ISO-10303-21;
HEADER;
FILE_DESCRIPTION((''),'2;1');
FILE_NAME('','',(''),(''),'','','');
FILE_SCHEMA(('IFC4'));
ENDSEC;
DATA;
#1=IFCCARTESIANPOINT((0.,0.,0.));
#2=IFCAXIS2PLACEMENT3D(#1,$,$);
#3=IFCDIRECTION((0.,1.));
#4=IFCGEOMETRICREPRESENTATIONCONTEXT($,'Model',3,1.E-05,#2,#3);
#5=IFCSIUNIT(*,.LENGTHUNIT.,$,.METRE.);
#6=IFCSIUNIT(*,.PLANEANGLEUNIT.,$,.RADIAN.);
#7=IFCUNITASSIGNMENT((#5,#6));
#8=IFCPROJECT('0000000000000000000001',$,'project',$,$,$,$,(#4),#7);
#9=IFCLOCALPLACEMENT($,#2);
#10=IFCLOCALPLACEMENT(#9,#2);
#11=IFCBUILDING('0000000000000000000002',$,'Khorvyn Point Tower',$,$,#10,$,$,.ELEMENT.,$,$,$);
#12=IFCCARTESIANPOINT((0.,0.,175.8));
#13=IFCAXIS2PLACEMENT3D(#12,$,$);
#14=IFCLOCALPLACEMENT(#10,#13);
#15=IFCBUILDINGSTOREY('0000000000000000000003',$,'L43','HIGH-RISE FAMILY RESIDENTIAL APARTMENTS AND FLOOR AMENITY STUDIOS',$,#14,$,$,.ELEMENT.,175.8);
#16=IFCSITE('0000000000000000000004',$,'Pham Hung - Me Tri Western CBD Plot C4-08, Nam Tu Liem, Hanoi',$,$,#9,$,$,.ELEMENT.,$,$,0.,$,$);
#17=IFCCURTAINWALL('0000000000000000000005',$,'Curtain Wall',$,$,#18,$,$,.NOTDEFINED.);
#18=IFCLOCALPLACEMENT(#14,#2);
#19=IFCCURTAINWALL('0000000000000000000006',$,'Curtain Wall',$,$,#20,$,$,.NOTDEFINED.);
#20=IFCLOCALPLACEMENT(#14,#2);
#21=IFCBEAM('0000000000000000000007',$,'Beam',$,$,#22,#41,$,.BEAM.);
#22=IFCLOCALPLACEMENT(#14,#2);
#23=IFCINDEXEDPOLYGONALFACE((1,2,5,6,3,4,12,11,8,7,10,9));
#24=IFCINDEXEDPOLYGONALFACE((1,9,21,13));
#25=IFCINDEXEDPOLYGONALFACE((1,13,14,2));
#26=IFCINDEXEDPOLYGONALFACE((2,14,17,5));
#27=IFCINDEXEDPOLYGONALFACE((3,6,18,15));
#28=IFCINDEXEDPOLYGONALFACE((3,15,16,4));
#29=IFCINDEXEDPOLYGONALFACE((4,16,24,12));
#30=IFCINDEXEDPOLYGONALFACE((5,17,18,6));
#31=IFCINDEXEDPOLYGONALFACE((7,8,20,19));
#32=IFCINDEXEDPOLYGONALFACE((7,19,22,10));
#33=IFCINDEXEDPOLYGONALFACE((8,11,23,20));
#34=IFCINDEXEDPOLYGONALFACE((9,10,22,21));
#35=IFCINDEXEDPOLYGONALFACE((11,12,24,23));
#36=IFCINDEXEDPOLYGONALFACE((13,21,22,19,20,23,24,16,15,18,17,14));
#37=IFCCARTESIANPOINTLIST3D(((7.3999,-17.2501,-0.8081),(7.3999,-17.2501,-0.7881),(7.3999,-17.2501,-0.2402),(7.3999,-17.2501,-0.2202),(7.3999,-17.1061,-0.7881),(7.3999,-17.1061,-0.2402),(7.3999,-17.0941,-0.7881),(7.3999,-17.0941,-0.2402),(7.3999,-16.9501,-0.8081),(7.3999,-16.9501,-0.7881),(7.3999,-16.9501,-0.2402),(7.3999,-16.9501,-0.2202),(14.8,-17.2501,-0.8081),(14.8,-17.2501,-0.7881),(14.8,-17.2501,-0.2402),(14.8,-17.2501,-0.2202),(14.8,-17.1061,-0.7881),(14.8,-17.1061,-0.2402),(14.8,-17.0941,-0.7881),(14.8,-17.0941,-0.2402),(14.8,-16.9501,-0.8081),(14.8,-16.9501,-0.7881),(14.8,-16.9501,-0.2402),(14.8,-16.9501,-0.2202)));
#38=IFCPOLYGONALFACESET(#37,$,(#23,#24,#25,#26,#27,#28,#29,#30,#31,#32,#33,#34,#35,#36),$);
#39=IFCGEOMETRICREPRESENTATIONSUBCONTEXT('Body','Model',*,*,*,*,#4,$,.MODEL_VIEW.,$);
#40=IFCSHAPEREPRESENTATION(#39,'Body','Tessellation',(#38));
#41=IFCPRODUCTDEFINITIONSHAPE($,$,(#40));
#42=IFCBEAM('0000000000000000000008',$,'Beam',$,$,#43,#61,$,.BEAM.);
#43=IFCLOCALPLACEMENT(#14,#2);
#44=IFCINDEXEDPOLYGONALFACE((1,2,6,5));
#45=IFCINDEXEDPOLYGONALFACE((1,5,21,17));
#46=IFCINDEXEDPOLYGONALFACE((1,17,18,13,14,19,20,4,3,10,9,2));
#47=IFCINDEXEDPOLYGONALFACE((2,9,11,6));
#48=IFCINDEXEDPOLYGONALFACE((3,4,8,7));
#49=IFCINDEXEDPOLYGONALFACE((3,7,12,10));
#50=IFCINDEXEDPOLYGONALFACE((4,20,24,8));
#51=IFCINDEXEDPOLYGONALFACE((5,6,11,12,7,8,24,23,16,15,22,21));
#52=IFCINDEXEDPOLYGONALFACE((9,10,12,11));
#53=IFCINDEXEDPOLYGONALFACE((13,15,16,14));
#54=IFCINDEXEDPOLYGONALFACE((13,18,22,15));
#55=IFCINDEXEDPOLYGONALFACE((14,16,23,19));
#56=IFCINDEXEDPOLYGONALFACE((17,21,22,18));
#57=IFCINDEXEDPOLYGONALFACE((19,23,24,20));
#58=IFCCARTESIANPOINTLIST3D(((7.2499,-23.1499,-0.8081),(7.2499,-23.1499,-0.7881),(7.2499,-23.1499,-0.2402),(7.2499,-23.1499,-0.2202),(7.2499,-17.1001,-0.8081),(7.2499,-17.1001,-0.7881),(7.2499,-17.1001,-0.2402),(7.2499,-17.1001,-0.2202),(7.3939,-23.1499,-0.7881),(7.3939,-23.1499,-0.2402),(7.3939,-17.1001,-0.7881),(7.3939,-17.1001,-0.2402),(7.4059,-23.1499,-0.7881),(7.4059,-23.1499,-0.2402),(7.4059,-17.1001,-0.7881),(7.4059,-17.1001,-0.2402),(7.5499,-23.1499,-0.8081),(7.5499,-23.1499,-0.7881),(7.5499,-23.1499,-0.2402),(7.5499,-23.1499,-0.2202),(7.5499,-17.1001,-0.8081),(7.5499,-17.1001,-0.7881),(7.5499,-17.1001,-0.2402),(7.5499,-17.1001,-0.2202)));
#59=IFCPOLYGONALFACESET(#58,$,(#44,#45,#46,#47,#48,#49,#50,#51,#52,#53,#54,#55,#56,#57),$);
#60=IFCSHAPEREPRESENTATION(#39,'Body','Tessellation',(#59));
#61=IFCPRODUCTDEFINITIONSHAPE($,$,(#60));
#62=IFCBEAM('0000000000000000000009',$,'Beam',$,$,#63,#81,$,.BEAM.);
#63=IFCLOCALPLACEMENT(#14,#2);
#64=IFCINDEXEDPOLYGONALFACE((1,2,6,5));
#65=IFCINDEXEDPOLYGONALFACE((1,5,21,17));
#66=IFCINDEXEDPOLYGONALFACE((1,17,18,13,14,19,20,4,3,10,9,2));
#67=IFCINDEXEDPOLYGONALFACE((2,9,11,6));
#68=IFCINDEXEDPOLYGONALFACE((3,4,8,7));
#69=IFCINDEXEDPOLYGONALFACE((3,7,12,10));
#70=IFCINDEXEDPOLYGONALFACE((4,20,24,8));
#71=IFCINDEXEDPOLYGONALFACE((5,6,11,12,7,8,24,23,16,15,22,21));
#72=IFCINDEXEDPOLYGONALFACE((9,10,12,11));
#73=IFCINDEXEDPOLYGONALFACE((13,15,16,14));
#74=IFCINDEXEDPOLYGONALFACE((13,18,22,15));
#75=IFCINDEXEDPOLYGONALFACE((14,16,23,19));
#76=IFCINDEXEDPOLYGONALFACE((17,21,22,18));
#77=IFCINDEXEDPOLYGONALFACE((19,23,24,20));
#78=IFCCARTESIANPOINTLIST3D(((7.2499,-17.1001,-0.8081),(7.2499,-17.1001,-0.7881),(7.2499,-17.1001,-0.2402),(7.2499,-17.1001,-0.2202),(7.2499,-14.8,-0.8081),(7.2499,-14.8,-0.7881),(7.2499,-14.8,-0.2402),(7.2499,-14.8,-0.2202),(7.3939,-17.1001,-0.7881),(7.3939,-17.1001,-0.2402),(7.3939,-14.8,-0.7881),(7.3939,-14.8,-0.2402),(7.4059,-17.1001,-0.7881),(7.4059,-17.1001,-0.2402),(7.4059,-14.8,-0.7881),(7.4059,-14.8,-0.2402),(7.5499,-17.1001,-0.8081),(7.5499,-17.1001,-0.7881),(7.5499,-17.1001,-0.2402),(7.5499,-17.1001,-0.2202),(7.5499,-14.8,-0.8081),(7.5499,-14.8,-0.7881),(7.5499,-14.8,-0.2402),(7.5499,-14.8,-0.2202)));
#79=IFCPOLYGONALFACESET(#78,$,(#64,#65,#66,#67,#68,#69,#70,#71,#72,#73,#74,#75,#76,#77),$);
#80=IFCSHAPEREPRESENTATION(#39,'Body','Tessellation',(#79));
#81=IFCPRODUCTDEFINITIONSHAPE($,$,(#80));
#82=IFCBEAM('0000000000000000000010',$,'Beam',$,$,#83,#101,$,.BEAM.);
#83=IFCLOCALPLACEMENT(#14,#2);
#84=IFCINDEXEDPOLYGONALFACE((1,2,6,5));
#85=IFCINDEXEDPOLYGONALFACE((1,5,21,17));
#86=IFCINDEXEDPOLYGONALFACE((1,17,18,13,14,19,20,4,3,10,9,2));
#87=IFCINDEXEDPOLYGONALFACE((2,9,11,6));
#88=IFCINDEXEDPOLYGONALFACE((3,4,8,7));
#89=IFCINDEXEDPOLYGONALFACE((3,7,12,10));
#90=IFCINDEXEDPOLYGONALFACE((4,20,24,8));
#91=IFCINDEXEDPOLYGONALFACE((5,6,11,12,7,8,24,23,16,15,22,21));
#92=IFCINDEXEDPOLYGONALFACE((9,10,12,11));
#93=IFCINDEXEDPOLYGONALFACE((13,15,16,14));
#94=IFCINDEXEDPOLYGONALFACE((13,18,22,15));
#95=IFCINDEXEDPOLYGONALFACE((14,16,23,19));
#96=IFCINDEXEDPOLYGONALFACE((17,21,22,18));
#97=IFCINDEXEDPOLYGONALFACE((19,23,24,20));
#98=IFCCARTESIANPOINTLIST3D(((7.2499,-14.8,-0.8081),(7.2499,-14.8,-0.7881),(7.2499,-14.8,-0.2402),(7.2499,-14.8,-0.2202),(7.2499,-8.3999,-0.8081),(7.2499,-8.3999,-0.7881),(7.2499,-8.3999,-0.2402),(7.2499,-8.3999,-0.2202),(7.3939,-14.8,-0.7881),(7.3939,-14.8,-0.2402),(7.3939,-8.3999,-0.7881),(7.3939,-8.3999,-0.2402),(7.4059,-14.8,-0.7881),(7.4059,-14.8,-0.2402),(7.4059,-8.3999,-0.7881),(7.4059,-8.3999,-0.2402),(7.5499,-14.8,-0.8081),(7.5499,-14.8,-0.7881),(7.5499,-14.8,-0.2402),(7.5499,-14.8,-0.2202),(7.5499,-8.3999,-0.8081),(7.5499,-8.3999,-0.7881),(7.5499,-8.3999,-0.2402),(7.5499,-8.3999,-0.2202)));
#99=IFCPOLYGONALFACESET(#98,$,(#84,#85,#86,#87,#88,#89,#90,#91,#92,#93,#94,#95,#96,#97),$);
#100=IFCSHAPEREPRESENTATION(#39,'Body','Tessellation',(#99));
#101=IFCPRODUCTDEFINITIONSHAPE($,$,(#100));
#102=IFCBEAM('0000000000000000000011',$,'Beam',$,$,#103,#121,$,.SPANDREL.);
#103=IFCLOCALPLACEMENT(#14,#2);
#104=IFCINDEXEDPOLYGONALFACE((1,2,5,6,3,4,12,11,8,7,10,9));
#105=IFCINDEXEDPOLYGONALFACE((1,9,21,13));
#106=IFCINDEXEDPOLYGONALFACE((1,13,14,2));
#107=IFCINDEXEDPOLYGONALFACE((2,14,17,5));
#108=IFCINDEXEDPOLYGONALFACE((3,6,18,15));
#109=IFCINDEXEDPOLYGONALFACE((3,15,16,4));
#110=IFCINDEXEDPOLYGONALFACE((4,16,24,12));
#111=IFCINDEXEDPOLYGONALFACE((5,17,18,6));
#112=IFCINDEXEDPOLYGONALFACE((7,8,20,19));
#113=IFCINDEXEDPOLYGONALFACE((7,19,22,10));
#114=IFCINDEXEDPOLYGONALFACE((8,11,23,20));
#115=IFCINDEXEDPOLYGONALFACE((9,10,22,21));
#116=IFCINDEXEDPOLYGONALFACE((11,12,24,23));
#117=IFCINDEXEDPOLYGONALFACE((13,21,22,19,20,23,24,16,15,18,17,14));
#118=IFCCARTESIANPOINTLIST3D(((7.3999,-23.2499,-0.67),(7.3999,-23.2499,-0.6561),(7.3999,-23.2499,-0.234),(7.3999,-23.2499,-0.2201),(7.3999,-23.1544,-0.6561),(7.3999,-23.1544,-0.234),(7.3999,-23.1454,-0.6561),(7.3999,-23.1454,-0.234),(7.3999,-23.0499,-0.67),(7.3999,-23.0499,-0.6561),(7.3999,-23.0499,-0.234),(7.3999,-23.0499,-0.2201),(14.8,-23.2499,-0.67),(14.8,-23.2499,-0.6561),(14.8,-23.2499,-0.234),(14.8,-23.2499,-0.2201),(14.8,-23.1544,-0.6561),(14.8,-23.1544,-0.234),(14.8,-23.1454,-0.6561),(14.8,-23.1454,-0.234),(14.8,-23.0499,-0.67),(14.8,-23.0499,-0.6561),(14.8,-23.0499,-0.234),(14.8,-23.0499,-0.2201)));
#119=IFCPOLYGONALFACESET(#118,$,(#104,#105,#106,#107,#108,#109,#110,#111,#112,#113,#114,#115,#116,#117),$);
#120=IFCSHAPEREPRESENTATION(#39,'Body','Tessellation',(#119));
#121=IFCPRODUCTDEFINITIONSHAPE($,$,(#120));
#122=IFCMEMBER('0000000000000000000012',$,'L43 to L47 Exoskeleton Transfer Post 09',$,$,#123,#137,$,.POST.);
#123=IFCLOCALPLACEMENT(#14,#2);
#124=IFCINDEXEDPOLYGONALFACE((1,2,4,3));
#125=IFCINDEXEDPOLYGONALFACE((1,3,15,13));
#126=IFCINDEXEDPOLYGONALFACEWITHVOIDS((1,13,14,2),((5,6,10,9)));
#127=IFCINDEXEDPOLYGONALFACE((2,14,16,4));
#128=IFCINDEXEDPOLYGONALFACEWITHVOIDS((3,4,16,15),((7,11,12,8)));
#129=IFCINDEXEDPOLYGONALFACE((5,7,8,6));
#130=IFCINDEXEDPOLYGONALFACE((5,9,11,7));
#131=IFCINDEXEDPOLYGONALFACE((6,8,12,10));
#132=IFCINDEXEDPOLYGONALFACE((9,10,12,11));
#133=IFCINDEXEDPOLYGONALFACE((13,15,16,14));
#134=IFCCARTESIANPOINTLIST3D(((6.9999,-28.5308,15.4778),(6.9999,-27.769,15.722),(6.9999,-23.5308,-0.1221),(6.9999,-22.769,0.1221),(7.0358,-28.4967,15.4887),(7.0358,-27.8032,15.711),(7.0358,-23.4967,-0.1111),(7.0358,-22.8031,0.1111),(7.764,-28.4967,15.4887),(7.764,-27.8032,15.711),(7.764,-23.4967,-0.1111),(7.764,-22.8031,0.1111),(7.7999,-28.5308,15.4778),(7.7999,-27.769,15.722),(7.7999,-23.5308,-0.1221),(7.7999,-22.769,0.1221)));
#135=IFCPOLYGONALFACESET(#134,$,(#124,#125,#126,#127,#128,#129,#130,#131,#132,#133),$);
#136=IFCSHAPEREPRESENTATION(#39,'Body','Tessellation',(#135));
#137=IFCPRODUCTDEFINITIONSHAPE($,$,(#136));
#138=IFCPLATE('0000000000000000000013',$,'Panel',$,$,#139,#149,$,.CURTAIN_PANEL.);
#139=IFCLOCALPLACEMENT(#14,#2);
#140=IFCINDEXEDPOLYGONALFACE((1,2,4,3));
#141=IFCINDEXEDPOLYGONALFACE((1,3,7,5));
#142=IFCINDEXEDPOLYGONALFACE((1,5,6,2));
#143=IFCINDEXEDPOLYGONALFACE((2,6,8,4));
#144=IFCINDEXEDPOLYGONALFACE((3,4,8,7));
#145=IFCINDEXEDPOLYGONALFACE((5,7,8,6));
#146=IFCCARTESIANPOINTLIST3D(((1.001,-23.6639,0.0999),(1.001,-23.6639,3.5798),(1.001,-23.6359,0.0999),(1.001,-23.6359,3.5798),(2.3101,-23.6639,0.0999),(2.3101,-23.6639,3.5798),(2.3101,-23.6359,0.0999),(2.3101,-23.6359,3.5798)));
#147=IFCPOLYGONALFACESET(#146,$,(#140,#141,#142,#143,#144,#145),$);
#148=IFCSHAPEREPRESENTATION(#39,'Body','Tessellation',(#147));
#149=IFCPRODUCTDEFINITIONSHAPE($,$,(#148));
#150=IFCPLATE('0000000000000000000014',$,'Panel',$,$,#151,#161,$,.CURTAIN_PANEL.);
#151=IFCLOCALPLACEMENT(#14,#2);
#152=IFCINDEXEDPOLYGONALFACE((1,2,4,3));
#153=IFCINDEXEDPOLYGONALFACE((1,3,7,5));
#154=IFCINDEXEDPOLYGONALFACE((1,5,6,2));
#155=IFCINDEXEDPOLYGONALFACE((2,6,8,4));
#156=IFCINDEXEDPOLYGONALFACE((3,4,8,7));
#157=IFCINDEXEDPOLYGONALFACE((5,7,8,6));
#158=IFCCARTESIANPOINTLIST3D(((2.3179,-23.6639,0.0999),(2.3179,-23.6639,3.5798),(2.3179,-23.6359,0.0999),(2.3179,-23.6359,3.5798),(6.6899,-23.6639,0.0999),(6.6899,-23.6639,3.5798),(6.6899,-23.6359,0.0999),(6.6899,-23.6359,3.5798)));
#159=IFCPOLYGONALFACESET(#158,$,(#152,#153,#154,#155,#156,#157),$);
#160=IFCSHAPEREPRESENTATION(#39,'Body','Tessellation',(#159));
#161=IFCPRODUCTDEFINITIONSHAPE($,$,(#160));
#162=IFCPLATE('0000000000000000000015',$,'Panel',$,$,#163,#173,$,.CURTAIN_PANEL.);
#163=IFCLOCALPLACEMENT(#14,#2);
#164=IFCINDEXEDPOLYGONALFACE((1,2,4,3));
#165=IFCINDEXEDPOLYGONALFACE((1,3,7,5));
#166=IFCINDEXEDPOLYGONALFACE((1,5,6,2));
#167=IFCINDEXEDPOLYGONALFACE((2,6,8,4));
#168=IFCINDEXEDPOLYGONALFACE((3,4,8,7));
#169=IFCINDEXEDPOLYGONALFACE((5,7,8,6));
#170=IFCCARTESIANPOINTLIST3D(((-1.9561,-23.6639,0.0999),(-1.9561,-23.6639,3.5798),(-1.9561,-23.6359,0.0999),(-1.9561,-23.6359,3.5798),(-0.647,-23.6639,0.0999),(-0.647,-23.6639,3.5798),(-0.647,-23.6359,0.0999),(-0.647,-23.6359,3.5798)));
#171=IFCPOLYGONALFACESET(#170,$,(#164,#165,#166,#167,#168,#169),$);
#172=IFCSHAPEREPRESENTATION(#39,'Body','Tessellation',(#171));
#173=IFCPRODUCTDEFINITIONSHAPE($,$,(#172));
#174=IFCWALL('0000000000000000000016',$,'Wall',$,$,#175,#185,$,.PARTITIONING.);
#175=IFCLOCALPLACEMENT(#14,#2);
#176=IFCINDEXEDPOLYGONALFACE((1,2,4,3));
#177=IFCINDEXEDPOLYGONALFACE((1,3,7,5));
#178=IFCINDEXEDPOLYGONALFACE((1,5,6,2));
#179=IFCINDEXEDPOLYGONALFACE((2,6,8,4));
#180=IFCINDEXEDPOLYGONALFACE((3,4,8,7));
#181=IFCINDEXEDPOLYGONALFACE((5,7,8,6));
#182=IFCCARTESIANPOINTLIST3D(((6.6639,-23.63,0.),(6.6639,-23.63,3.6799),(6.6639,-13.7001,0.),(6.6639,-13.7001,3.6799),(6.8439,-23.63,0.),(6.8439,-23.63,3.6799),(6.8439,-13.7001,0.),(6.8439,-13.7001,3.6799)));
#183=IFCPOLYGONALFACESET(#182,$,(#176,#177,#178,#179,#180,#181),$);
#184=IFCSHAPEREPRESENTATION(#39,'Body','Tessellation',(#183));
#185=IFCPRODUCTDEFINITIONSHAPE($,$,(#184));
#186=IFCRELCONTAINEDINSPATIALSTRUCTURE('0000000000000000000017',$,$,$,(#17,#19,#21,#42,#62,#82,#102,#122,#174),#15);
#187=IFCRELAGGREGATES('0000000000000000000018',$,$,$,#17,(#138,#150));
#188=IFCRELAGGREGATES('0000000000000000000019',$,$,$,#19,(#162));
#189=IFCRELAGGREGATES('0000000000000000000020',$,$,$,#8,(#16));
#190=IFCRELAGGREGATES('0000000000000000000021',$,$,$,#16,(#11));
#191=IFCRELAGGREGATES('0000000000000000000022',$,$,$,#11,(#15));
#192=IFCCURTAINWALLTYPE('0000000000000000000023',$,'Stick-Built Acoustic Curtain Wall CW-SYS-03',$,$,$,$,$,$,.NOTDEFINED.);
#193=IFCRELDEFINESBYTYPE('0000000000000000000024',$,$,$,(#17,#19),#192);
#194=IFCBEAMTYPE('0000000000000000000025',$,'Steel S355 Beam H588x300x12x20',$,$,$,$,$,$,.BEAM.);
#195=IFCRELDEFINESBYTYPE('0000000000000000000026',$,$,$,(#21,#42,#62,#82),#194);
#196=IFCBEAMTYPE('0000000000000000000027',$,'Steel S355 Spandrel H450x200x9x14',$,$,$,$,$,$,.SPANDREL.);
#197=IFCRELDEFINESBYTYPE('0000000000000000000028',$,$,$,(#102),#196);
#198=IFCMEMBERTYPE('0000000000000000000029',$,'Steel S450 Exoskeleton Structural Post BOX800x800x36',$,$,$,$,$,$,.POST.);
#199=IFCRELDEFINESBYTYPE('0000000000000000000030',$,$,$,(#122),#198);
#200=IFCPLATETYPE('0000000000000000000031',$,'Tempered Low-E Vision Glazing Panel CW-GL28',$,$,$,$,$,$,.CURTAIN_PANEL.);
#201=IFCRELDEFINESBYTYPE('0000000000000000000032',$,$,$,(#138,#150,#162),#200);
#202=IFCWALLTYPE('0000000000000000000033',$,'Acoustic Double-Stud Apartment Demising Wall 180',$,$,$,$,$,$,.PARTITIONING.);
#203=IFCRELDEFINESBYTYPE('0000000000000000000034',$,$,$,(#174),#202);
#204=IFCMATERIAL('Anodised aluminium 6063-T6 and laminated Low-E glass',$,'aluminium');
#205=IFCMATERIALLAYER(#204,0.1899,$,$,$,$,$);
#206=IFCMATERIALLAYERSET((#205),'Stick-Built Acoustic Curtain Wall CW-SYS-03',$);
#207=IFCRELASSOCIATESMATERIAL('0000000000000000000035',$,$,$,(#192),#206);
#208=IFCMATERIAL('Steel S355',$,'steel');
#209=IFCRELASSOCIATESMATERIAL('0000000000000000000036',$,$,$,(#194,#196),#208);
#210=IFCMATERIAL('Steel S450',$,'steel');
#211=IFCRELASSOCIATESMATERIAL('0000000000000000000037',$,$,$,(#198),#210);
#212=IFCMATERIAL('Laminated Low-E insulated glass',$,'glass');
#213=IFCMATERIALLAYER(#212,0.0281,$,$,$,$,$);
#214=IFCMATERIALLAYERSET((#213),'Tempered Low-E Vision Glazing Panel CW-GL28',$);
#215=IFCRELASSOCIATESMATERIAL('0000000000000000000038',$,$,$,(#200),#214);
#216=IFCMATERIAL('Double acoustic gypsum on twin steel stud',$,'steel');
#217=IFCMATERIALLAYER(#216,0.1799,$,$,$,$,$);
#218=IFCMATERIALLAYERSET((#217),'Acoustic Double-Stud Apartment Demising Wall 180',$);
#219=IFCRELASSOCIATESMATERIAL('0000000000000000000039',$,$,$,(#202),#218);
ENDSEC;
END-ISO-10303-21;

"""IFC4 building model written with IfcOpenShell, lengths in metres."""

from ifc_helpers import new_model, si_unit, direction, frame, frame_2d, origin, origin_2d, place, context, subcontext, project, spatial, rectangle, hollow_rectangle, i_section, extrude, material, layer, layer_set, material_profile, profile_set, type_object, element, aggregate, save


model = new_model("IFC4")

# Units and contexts
model_context = context("Model", 3, precision=1e-05, world=origin(), true_north=direction((0.0, 1.0)))
body_context = subcontext(model_context, "Body", "Model", "MODEL_VIEW")
ifc_project = project(units=[si_unit("LENGTHUNIT", "METRE"), si_unit("PLANEANGLEUNIT", "RADIAN")], contexts=[model_context])

# Site, building, storey
site_placement = place(None, origin())
site = spatial("IfcSite", under=ifc_project, at=site_placement, Name="Pham Hung - Me Tri Western CBD Plot C4-08, Nam Tu Liem, Hanoi", CompositionType="ELEMENT", RefElevation=0.0)
building_placement = place(site_placement, origin())
building = spatial("IfcBuilding", under=site, at=building_placement, Name="Khorvyn Point Tower", CompositionType="ELEMENT")
storey_placement = place(building_placement, frame((0.0, 0.0, 175.8)))
storey = spatial("IfcBuildingStorey", under=building, at=storey_placement, Name="L43", Description="HIGH-RISE FAMILY RESIDENTIAL APARTMENTS AND FLOOR AMENITY STUDIOS", CompositionType="ELEMENT", Elevation=175.8)

# Shared definitions
ifc_material_1 = material(Name="Steel S450", Category="steel")

# Curtain wall
ifc_material_2 = material(Name="Anodised aluminium 6063-T6 and laminated Low-E glass", Category="aluminium")
ifc_layer_1 = layer(ifc_material_2, 0.1899)
ifc_layer_set_1 = layer_set([ifc_layer_1], Name="Stick-Built Acoustic Curtain Wall CW-SYS-03")
curtain_wall_type = type_object("IfcCurtainWallType", Name="Stick-Built Acoustic Curtain Wall CW-SYS-03", PredefinedType="NOTDEFINED", material=ifc_layer_set_1)
curtain_wall_1_placement = place(storey_placement, origin())
curtain_wall_1 = element("IfcCurtainWall", 1, at=curtain_wall_1_placement, inside=storey, type_object=curtain_wall_type, Name="Curtain Wall", PredefinedType="NOTDEFINED")

# Curtain wall
curtain_wall_2_placement = place(storey_placement, origin())
curtain_wall_2 = element("IfcCurtainWall", 2, at=curtain_wall_2_placement, inside=storey, type_object=curtain_wall_type, Name="Curtain Wall", PredefinedType="NOTDEFINED")

# Beams
ifc_material_3 = material(Name="Steel S355", Category="steel")
ifc_material_profile_1 = material_profile(ifc_material_3, i_section(OverallWidth=0.3, OverallDepth=0.5879, WebThickness=0.012, FlangeThickness=0.02, at=origin_2d()))
ifc_profile_set_1 = profile_set([ifc_material_profile_1], Name="Steel S355 H588x300x12x20")
beam_type_1 = type_object("IfcBeamType", Name="Steel S355 Beam H588x300x12x20", PredefinedType="BEAM", material=ifc_profile_set_1)
for number, where, z_axis, x_axis, name in (
    (3, (7.3999, -17.1001, -0.5142), (1.0, 0.0, 0.0), (0.0, 1.0, 0.0), "Beam"),
):
    element("IfcBeam", number, at=place(storey_placement, frame(where, z_axis=z_axis, x_axis=x_axis)), inside=storey, type_object=beam_type_1, Name=name, PredefinedType="BEAM", context=body_context, shape_type="SweptSolid", body=[
        extrude(i_section(OverallWidth=0.3, OverallDepth=0.5879, WebThickness=0.012, FlangeThickness=0.02, at=origin_2d()), origin(), (0.0, 0.0, 1.0), 7.4001),
    ])
beam_1_placement = place(storey_placement, frame((7.3999, -23.1499, -0.5142), z_axis=(0.0, 1.0, 0.0), x_axis=(-1.0, 0.0, 0.0)))
element("IfcBeam", 4, at=beam_1_placement, inside=storey, type_object=beam_type_1, Name="Beam", PredefinedType="BEAM", context=body_context, shape_type="SweptSolid", body=[
    extrude(i_section(OverallWidth=0.3, OverallDepth=0.5879, WebThickness=0.012, FlangeThickness=0.02, at=origin_2d()), origin(), (0.0, 0.0, 1.0), 6.0498),
])
beam_2_placement = place(storey_placement, frame((7.3999, -17.1001, -0.5142), z_axis=(0.0, 1.0, 0.0), x_axis=(-1.0, 0.0, 0.0)))
element("IfcBeam", 5, at=beam_2_placement, inside=storey, type_object=beam_type_1, Name="Beam", PredefinedType="BEAM", context=body_context, shape_type="SweptSolid", body=[
    extrude(i_section(OverallWidth=0.3, OverallDepth=0.5879, WebThickness=0.012, FlangeThickness=0.02, at=origin_2d()), origin(), (0.0, 0.0, 1.0), 2.3),
])
beam_3_placement = place(storey_placement, frame((7.3999, -14.8, -0.5142), z_axis=(0.0, 1.0, 0.0), x_axis=(-1.0, 0.0, 0.0)))
element("IfcBeam", 6, at=beam_3_placement, inside=storey, type_object=beam_type_1, Name="Beam", PredefinedType="BEAM", context=body_context, shape_type="SweptSolid", body=[
    extrude(i_section(OverallWidth=0.3, OverallDepth=0.5879, WebThickness=0.012, FlangeThickness=0.02, at=origin_2d()), origin(), (0.0, 0.0, 1.0), 6.4001),
])
ifc_material_profile_2 = material_profile(ifc_material_3, i_section(OverallWidth=0.2, OverallDepth=0.45, WebThickness=0.009, FlangeThickness=0.0139, at=origin_2d()))
ifc_profile_set_2 = profile_set([ifc_material_profile_2], Name="Steel S355 H450x200x9x14")
beam_type_2 = type_object("IfcBeamType", Name="Steel S355 Spandrel H450x200x9x14", PredefinedType="SPANDREL", material=ifc_profile_set_2)
beam_4_placement = place(storey_placement, frame((7.3999, -23.1499, -0.4451), z_axis=(1.0, 0.0, 0.0), x_axis=(0.0, 1.0, 0.0)))
element("IfcBeam", 7, at=beam_4_placement, inside=storey, type_object=beam_type_2, Name="Beam", PredefinedType="SPANDREL", context=body_context, shape_type="SweptSolid", body=[
    extrude(i_section(OverallWidth=0.2, OverallDepth=0.45, WebThickness=0.009, FlangeThickness=0.0139, at=origin_2d()), origin(), (0.0, 0.0, 1.0), 7.4001),
])

# Member
ifc_material_profile_3 = material_profile(ifc_material_1, hollow_rectangle(XDim=0.8, YDim=0.8, WallThickness=0.0359, at=origin_2d()))
ifc_profile_set_3 = profile_set([ifc_material_profile_3], Name="Steel S450 BOX800x800x36")
member_type_1 = type_object("IfcMemberType", Name="Steel S450 Exoskeleton Structural Post BOX800x800x36", PredefinedType="POST", material=ifc_profile_set_3)
member_1_placement = place(storey_placement, frame((7.3999, -23.1499, 0.0), z_axis=(0.0, -0.305221, 0.952281), x_axis=(1.0, 0.0, 0.0)))
element("IfcMember", 8, at=member_1_placement, inside=storey, type_object=member_type_1, Name="L43 to L47 Exoskeleton Transfer Post 09", PredefinedType="POST", context=body_context, shape_type="SweptSolid", body=[
    extrude(hollow_rectangle(XDim=0.8, YDim=0.8, WallThickness=0.0359, at=origin_2d()), origin(), (0.0, 0.0, 1.0), 16.3816),
])

# Plates
ifc_material_4 = material(Name="Laminated Low-E insulated glass", Category="glass")
ifc_layer_2 = layer(ifc_material_4, 0.0281)
ifc_layer_set_2 = layer_set([ifc_layer_2], Name="Tempered Low-E Vision Glazing Panel CW-GL28")
plate_type = type_object("IfcPlateType", Name="Tempered Low-E Vision Glazing Panel CW-GL28", PredefinedType="CURTAIN_PANEL", material=ifc_layer_set_2)
plate_1_placement = place(storey_placement, frame((1.6555, -23.6499, 0.0999), z_axis=(0.0, 0.0, 1.0), x_axis=(-1.0, 0.0, 0.0)))
plate_1 = element("IfcPlate", 9, at=plate_1_placement, type_object=plate_type, Name="Panel", PredefinedType="CURTAIN_PANEL", context=body_context, shape_type="SweptSolid", body=[
    extrude(rectangle(XDim=1.3091, YDim=0.0281, at=origin_2d()), origin(), (0.0, 0.0, 1.0), 3.48),
])
plate_2_placement = place(storey_placement, frame((4.5039, -23.6499, 0.0999), z_axis=(0.0, 0.0, 1.0), x_axis=(-1.0, 0.0, 0.0)))
plate_2 = element("IfcPlate", 10, at=plate_2_placement, type_object=plate_type, Name="Panel", PredefinedType="CURTAIN_PANEL", context=body_context, shape_type="SweptSolid", body=[
    extrude(rectangle(XDim=4.3721, YDim=0.0281, at=origin_2d()), origin(), (0.0, 0.0, 1.0), 3.48),
])
aggregate(curtain_wall_1, [plate_1, plate_2])
plate_3_placement = place(storey_placement, frame((-1.3015, -23.6499, 0.0999), z_axis=(0.0, 0.0, 1.0), x_axis=(-1.0, 0.0, 0.0)))
plate_3 = element("IfcPlate", 11, at=plate_3_placement, type_object=plate_type, Name="Panel", PredefinedType="CURTAIN_PANEL", context=body_context, shape_type="SweptSolid", body=[
    extrude(rectangle(XDim=1.3091, YDim=0.0281, at=origin_2d()), origin(), (0.0, 0.0, 1.0), 3.48),
])
aggregate(curtain_wall_2, [plate_3])

# Wall
ifc_material_5 = material(Name="Double acoustic gypsum on twin steel stud", Category="steel")
ifc_layer_3 = layer(ifc_material_5, 0.1799)
ifc_layer_set_3 = layer_set([ifc_layer_3], Name="Acoustic Double-Stud Apartment Demising Wall 180")
wall_type_1 = type_object("IfcWallType", Name="Acoustic Double-Stud Apartment Demising Wall 180", PredefinedType="PARTITIONING", material=ifc_layer_set_3)
wall_1_placement = place(storey_placement, frame((6.7539, -23.6299, 0.0), z_axis=(0.0, 0.0, 1.0), x_axis=(0.0, 1.0, 0.0)))
element("IfcWall", 12, at=wall_1_placement, inside=storey, type_object=wall_type_1, Name="Wall", PredefinedType="PARTITIONING", context=body_context, shape_type="SweptSolid", body=[
    extrude(rectangle(XDim=9.9299, YDim=0.1799, at=frame_2d((4.9648, 0.0))), origin(), (0.0, 0.0, 1.0), 3.6799),
])

save(model, "model.ifc")
